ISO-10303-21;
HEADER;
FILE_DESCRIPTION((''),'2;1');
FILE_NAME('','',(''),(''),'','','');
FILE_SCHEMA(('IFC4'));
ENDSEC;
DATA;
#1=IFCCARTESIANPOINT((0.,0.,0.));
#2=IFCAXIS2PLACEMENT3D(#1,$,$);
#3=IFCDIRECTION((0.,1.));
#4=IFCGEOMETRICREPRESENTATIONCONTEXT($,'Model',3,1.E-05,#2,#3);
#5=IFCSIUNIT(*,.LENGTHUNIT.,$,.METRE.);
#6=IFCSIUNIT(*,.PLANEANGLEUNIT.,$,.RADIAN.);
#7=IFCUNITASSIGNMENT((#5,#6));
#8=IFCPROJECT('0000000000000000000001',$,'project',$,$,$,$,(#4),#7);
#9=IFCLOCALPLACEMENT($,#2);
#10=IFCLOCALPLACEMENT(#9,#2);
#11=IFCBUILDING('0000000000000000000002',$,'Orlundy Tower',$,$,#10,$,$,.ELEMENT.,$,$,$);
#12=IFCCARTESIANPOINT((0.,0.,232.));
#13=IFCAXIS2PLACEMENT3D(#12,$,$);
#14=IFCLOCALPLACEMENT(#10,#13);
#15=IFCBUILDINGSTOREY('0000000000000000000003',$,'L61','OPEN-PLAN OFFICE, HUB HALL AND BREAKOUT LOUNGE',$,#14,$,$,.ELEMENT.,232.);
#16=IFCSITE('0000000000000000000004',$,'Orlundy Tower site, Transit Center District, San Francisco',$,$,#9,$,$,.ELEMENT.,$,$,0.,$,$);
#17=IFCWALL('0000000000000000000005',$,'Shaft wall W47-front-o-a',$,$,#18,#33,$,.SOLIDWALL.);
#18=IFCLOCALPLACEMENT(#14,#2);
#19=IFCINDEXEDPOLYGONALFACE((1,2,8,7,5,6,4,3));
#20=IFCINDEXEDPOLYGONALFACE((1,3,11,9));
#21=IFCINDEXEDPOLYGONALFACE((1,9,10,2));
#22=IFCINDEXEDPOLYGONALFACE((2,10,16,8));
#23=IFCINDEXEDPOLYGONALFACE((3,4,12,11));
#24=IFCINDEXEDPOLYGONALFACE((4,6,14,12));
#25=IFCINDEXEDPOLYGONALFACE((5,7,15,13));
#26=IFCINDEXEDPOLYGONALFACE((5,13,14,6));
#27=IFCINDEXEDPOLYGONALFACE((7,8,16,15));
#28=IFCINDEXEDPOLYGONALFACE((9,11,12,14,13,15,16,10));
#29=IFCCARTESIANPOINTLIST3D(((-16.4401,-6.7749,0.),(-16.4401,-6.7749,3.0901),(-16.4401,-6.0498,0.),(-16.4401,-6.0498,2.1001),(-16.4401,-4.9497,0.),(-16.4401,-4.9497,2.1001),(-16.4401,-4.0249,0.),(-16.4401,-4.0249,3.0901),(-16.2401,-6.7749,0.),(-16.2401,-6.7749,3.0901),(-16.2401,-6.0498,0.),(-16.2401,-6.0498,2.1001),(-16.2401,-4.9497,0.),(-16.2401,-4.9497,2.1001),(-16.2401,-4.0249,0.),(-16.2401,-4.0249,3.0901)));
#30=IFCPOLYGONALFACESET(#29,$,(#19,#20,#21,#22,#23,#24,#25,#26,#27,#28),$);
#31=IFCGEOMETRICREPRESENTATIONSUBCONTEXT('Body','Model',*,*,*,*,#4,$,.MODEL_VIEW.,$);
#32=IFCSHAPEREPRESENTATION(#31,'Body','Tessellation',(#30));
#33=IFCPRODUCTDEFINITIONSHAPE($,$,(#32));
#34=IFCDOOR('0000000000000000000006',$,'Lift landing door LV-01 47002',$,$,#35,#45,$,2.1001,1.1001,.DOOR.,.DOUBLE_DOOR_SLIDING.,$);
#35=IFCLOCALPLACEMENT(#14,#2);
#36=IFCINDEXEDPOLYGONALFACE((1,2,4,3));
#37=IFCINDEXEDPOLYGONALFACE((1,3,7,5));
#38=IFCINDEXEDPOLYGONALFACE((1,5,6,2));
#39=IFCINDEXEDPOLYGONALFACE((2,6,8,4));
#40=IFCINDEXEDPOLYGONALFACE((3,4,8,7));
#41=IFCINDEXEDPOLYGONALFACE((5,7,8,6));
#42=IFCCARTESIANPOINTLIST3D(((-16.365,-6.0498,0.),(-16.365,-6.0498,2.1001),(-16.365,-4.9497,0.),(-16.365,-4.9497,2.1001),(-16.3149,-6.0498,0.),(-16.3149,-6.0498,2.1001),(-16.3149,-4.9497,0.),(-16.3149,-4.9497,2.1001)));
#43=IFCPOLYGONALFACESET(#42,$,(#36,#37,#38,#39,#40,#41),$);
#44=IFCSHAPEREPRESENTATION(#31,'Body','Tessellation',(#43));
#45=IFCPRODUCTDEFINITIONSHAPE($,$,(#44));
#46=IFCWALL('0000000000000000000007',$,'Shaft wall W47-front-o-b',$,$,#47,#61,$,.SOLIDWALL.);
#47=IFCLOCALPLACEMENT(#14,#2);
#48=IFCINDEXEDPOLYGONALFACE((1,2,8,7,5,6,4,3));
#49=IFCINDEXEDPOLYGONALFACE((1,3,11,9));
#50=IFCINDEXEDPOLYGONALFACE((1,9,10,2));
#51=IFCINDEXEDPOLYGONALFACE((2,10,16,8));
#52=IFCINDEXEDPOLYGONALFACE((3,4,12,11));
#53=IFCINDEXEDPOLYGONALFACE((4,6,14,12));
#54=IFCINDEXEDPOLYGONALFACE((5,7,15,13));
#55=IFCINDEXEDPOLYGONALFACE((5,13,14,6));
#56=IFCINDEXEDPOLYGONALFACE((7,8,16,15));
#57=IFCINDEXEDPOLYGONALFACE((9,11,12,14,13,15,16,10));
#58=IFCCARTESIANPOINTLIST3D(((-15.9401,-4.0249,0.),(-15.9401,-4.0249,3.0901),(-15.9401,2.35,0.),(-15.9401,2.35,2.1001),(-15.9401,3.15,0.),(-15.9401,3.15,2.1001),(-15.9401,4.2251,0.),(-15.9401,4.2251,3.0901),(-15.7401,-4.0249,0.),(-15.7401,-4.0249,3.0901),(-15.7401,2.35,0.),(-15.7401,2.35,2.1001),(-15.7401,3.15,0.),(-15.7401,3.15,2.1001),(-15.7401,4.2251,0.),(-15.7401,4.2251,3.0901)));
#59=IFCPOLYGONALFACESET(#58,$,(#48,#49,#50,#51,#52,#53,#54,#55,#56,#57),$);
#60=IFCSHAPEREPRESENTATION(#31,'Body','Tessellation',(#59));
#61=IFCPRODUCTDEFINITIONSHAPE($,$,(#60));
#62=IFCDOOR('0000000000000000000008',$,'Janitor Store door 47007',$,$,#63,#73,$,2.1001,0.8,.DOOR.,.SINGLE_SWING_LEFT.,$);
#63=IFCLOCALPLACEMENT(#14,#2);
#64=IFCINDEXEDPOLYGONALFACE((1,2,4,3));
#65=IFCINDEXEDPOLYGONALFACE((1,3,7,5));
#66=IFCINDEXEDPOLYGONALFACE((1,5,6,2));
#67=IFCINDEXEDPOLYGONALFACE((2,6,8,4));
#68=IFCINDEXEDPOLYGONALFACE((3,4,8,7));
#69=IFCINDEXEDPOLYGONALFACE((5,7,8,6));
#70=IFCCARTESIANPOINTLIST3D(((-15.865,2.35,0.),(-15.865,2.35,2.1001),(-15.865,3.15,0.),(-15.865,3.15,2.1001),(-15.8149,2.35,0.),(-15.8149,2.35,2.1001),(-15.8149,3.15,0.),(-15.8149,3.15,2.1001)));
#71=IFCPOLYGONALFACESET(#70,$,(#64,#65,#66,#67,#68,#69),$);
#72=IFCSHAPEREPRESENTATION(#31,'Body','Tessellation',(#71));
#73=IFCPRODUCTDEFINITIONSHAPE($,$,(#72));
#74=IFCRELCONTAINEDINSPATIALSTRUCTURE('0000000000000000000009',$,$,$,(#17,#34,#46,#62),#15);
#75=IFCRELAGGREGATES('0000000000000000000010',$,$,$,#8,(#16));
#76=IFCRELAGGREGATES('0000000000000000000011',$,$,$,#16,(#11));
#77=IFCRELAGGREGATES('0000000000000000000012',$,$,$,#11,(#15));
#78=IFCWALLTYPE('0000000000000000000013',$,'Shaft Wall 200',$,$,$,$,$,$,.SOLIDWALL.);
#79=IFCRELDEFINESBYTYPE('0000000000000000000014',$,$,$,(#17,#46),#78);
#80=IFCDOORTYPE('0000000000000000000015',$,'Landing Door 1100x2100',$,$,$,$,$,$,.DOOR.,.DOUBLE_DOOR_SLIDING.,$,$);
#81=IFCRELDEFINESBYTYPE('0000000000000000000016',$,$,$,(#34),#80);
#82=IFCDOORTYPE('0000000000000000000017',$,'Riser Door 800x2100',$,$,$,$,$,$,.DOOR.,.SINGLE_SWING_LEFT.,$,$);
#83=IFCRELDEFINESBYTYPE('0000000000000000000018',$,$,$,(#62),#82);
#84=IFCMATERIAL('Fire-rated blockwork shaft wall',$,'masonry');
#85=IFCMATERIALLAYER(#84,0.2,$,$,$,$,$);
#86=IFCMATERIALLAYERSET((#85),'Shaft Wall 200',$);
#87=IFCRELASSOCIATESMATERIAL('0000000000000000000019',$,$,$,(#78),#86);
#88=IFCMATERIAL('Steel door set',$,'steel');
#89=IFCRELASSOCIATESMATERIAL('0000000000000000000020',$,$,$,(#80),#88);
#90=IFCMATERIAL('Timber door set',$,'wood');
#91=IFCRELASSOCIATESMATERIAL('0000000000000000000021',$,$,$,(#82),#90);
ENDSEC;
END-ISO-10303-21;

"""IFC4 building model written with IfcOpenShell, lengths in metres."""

from ifc_helpers import new_model, si_unit, direction, frame, frame_2d, origin, place, context, subcontext, project, spatial, rectangle, extrude, material, layer, layer_set, type_object, element, fill, save


model = new_model("IFC4")

# Units and contexts
model_context = context("Model", 3, precision=1e-05, world=origin(), true_north=direction((0.0, 1.0)))
body_context = subcontext(model_context, "Body", "Model", "MODEL_VIEW")
ifc_project = project(units=[si_unit("LENGTHUNIT", "METRE"), si_unit("PLANEANGLEUNIT", "RADIAN")], contexts=[model_context])

# Site, building, storey
site_placement = place(None, origin())
site = spatial("IfcSite", under=ifc_project, at=site_placement, Name="Orlundy Tower site, Transit Center District, San Francisco", CompositionType="ELEMENT", RefElevation=0.0)
building_placement = place(site_placement, origin())
building = spatial("IfcBuilding", under=site, at=building_placement, Name="Orlundy Tower", CompositionType="ELEMENT")
storey_placement = place(building_placement, frame((0.0, 0.0, 232.0)))
storey = spatial("IfcBuildingStorey", under=building, at=storey_placement, Name="L61", Description="OPEN-PLAN OFFICE, HUB HALL AND BREAKOUT LOUNGE", CompositionType="ELEMENT", Elevation=232.0)

# Walls, openings, doors
ifc_material_1 = material(Name="Fire-rated blockwork shaft wall", Category="masonry")
ifc_layer_1 = layer(ifc_material_1, 0.2)
ifc_layer_set_1 = layer_set([ifc_layer_1], Name="Shaft Wall 200")
wall_type_1 = type_object("IfcWallType", Name="Shaft Wall 200", PredefinedType="SOLIDWALL", material=ifc_layer_set_1)
wall_1_placement = place(storey_placement, frame((-16.3401, -6.7749, 0.0), z_axis=(0.0, 0.0, 1.0), x_axis=(0.0, 1.0, 0.0)))
wall_1 = element("IfcWall", 1, at=wall_1_placement, inside=storey, type_object=wall_type_1, Name="Shaft wall W47-front-o-a", PredefinedType="SOLIDWALL", context=body_context, shape_type="SweptSolid", body=[
    extrude(rectangle(XDim=2.75, YDim=0.2, at=frame_2d((1.375, 0.0))), origin(), (0.0, 0.0, 1.0), 3.0901),
])
opening_1_placement = place(wall_1_placement, frame((0.7251, 0.0, 0.0)))
opening_1 = element("IfcOpeningElement", 2, at=opening_1_placement, cuts=wall_1, PredefinedType="OPENING", context=body_context, shape_type="SweptSolid", body=[
    extrude(rectangle(XDim=1.1001, YDim=2.1001, at=frame_2d((0.55, 1.05))), frame((0.0, 0.1101, 0.0), z_axis=(0.0, -1.0, 0.0), x_axis=(1.0, 0.0, 0.0)), (0.0, 0.0, 1.0), 0.2202),
])
ifc_material_2 = material(Name="Steel door set", Category="steel")
door_type_1 = type_object("IfcDoorType", Name="Landing Door 1100x2100", OperationType="DOUBLE_DOOR_SLIDING", PredefinedType="DOOR", material=ifc_material_2)
door_1_placement = place(opening_1_placement, origin())
door_1 = element("IfcDoor", 3, at=door_1_placement, inside=storey, type_object=door_type_1, Name="Lift landing door LV-01 47002", OperationType="DOUBLE_DOOR_SLIDING", OverallHeight=2.1001, OverallWidth=1.1001, PredefinedType="DOOR", context=body_context, shape_type="SweptSolid", body=[
    extrude(rectangle(XDim=1.1001, YDim=2.1001, at=frame_2d((0.55, 1.05))), frame((0.0, 0.0249, 0.0), z_axis=(0.0, -1.0, 0.0), x_axis=(1.0, 0.0, 0.0)), (0.0, 0.0, 1.0), 0.05),
])
fill(opening_1, door_1)
wall_2_placement = place(storey_placement, frame((-15.8401, -4.0249, 0.0), z_axis=(0.0, 0.0, 1.0), x_axis=(0.0, 1.0, 0.0)))
wall_2 = element("IfcWall", 4, at=wall_2_placement, inside=storey, type_object=wall_type_1, Name="Shaft wall W47-front-o-b", PredefinedType="SOLIDWALL", context=body_context, shape_type="SweptSolid", body=[
    extrude(rectangle(XDim=8.25, YDim=0.2, at=frame_2d((4.125, 0.0))), origin(), (0.0, 0.0, 1.0), 3.0901),
])
opening_2_placement = place(wall_2_placement, frame((6.375, 0.0, 0.0)))
opening_2 = element("IfcOpeningElement", 5, at=opening_2_placement, cuts=wall_2, PredefinedType="OPENING", context=body_context, shape_type="SweptSolid", body=[
    extrude(rectangle(XDim=0.8, YDim=2.1001, at=frame_2d((0.3999, 1.05))), frame((0.0, 0.1101, 0.0), z_axis=(0.0, -1.0, 0.0), x_axis=(1.0, 0.0, 0.0)), (0.0, 0.0, 1.0), 0.2202),
])
ifc_material_3 = material(Name="Timber door set", Category="wood")
door_type_2 = type_object("IfcDoorType", Name="Riser Door 800x2100", OperationType="SINGLE_SWING_LEFT", PredefinedType="DOOR", material=ifc_material_3)
door_2_placement = place(opening_2_placement, origin())
door_2 = element("IfcDoor", 6, at=door_2_placement, inside=storey, type_object=door_type_2, Name="Janitor Store door 47007", OperationType="SINGLE_SWING_LEFT", OverallHeight=2.1001, OverallWidth=0.8, PredefinedType="DOOR", context=body_context, shape_type="SweptSolid", body=[
    extrude(rectangle(XDim=0.8, YDim=2.1001, at=frame_2d((0.3999, 1.05))), frame((0.0, 0.0249, 0.0), z_axis=(0.0, -1.0, 0.0), x_axis=(1.0, 0.0, 0.0)), (0.0, 0.0, 1.0), 0.05),
])
fill(opening_2, door_2)

save(model, "model.ifc")
